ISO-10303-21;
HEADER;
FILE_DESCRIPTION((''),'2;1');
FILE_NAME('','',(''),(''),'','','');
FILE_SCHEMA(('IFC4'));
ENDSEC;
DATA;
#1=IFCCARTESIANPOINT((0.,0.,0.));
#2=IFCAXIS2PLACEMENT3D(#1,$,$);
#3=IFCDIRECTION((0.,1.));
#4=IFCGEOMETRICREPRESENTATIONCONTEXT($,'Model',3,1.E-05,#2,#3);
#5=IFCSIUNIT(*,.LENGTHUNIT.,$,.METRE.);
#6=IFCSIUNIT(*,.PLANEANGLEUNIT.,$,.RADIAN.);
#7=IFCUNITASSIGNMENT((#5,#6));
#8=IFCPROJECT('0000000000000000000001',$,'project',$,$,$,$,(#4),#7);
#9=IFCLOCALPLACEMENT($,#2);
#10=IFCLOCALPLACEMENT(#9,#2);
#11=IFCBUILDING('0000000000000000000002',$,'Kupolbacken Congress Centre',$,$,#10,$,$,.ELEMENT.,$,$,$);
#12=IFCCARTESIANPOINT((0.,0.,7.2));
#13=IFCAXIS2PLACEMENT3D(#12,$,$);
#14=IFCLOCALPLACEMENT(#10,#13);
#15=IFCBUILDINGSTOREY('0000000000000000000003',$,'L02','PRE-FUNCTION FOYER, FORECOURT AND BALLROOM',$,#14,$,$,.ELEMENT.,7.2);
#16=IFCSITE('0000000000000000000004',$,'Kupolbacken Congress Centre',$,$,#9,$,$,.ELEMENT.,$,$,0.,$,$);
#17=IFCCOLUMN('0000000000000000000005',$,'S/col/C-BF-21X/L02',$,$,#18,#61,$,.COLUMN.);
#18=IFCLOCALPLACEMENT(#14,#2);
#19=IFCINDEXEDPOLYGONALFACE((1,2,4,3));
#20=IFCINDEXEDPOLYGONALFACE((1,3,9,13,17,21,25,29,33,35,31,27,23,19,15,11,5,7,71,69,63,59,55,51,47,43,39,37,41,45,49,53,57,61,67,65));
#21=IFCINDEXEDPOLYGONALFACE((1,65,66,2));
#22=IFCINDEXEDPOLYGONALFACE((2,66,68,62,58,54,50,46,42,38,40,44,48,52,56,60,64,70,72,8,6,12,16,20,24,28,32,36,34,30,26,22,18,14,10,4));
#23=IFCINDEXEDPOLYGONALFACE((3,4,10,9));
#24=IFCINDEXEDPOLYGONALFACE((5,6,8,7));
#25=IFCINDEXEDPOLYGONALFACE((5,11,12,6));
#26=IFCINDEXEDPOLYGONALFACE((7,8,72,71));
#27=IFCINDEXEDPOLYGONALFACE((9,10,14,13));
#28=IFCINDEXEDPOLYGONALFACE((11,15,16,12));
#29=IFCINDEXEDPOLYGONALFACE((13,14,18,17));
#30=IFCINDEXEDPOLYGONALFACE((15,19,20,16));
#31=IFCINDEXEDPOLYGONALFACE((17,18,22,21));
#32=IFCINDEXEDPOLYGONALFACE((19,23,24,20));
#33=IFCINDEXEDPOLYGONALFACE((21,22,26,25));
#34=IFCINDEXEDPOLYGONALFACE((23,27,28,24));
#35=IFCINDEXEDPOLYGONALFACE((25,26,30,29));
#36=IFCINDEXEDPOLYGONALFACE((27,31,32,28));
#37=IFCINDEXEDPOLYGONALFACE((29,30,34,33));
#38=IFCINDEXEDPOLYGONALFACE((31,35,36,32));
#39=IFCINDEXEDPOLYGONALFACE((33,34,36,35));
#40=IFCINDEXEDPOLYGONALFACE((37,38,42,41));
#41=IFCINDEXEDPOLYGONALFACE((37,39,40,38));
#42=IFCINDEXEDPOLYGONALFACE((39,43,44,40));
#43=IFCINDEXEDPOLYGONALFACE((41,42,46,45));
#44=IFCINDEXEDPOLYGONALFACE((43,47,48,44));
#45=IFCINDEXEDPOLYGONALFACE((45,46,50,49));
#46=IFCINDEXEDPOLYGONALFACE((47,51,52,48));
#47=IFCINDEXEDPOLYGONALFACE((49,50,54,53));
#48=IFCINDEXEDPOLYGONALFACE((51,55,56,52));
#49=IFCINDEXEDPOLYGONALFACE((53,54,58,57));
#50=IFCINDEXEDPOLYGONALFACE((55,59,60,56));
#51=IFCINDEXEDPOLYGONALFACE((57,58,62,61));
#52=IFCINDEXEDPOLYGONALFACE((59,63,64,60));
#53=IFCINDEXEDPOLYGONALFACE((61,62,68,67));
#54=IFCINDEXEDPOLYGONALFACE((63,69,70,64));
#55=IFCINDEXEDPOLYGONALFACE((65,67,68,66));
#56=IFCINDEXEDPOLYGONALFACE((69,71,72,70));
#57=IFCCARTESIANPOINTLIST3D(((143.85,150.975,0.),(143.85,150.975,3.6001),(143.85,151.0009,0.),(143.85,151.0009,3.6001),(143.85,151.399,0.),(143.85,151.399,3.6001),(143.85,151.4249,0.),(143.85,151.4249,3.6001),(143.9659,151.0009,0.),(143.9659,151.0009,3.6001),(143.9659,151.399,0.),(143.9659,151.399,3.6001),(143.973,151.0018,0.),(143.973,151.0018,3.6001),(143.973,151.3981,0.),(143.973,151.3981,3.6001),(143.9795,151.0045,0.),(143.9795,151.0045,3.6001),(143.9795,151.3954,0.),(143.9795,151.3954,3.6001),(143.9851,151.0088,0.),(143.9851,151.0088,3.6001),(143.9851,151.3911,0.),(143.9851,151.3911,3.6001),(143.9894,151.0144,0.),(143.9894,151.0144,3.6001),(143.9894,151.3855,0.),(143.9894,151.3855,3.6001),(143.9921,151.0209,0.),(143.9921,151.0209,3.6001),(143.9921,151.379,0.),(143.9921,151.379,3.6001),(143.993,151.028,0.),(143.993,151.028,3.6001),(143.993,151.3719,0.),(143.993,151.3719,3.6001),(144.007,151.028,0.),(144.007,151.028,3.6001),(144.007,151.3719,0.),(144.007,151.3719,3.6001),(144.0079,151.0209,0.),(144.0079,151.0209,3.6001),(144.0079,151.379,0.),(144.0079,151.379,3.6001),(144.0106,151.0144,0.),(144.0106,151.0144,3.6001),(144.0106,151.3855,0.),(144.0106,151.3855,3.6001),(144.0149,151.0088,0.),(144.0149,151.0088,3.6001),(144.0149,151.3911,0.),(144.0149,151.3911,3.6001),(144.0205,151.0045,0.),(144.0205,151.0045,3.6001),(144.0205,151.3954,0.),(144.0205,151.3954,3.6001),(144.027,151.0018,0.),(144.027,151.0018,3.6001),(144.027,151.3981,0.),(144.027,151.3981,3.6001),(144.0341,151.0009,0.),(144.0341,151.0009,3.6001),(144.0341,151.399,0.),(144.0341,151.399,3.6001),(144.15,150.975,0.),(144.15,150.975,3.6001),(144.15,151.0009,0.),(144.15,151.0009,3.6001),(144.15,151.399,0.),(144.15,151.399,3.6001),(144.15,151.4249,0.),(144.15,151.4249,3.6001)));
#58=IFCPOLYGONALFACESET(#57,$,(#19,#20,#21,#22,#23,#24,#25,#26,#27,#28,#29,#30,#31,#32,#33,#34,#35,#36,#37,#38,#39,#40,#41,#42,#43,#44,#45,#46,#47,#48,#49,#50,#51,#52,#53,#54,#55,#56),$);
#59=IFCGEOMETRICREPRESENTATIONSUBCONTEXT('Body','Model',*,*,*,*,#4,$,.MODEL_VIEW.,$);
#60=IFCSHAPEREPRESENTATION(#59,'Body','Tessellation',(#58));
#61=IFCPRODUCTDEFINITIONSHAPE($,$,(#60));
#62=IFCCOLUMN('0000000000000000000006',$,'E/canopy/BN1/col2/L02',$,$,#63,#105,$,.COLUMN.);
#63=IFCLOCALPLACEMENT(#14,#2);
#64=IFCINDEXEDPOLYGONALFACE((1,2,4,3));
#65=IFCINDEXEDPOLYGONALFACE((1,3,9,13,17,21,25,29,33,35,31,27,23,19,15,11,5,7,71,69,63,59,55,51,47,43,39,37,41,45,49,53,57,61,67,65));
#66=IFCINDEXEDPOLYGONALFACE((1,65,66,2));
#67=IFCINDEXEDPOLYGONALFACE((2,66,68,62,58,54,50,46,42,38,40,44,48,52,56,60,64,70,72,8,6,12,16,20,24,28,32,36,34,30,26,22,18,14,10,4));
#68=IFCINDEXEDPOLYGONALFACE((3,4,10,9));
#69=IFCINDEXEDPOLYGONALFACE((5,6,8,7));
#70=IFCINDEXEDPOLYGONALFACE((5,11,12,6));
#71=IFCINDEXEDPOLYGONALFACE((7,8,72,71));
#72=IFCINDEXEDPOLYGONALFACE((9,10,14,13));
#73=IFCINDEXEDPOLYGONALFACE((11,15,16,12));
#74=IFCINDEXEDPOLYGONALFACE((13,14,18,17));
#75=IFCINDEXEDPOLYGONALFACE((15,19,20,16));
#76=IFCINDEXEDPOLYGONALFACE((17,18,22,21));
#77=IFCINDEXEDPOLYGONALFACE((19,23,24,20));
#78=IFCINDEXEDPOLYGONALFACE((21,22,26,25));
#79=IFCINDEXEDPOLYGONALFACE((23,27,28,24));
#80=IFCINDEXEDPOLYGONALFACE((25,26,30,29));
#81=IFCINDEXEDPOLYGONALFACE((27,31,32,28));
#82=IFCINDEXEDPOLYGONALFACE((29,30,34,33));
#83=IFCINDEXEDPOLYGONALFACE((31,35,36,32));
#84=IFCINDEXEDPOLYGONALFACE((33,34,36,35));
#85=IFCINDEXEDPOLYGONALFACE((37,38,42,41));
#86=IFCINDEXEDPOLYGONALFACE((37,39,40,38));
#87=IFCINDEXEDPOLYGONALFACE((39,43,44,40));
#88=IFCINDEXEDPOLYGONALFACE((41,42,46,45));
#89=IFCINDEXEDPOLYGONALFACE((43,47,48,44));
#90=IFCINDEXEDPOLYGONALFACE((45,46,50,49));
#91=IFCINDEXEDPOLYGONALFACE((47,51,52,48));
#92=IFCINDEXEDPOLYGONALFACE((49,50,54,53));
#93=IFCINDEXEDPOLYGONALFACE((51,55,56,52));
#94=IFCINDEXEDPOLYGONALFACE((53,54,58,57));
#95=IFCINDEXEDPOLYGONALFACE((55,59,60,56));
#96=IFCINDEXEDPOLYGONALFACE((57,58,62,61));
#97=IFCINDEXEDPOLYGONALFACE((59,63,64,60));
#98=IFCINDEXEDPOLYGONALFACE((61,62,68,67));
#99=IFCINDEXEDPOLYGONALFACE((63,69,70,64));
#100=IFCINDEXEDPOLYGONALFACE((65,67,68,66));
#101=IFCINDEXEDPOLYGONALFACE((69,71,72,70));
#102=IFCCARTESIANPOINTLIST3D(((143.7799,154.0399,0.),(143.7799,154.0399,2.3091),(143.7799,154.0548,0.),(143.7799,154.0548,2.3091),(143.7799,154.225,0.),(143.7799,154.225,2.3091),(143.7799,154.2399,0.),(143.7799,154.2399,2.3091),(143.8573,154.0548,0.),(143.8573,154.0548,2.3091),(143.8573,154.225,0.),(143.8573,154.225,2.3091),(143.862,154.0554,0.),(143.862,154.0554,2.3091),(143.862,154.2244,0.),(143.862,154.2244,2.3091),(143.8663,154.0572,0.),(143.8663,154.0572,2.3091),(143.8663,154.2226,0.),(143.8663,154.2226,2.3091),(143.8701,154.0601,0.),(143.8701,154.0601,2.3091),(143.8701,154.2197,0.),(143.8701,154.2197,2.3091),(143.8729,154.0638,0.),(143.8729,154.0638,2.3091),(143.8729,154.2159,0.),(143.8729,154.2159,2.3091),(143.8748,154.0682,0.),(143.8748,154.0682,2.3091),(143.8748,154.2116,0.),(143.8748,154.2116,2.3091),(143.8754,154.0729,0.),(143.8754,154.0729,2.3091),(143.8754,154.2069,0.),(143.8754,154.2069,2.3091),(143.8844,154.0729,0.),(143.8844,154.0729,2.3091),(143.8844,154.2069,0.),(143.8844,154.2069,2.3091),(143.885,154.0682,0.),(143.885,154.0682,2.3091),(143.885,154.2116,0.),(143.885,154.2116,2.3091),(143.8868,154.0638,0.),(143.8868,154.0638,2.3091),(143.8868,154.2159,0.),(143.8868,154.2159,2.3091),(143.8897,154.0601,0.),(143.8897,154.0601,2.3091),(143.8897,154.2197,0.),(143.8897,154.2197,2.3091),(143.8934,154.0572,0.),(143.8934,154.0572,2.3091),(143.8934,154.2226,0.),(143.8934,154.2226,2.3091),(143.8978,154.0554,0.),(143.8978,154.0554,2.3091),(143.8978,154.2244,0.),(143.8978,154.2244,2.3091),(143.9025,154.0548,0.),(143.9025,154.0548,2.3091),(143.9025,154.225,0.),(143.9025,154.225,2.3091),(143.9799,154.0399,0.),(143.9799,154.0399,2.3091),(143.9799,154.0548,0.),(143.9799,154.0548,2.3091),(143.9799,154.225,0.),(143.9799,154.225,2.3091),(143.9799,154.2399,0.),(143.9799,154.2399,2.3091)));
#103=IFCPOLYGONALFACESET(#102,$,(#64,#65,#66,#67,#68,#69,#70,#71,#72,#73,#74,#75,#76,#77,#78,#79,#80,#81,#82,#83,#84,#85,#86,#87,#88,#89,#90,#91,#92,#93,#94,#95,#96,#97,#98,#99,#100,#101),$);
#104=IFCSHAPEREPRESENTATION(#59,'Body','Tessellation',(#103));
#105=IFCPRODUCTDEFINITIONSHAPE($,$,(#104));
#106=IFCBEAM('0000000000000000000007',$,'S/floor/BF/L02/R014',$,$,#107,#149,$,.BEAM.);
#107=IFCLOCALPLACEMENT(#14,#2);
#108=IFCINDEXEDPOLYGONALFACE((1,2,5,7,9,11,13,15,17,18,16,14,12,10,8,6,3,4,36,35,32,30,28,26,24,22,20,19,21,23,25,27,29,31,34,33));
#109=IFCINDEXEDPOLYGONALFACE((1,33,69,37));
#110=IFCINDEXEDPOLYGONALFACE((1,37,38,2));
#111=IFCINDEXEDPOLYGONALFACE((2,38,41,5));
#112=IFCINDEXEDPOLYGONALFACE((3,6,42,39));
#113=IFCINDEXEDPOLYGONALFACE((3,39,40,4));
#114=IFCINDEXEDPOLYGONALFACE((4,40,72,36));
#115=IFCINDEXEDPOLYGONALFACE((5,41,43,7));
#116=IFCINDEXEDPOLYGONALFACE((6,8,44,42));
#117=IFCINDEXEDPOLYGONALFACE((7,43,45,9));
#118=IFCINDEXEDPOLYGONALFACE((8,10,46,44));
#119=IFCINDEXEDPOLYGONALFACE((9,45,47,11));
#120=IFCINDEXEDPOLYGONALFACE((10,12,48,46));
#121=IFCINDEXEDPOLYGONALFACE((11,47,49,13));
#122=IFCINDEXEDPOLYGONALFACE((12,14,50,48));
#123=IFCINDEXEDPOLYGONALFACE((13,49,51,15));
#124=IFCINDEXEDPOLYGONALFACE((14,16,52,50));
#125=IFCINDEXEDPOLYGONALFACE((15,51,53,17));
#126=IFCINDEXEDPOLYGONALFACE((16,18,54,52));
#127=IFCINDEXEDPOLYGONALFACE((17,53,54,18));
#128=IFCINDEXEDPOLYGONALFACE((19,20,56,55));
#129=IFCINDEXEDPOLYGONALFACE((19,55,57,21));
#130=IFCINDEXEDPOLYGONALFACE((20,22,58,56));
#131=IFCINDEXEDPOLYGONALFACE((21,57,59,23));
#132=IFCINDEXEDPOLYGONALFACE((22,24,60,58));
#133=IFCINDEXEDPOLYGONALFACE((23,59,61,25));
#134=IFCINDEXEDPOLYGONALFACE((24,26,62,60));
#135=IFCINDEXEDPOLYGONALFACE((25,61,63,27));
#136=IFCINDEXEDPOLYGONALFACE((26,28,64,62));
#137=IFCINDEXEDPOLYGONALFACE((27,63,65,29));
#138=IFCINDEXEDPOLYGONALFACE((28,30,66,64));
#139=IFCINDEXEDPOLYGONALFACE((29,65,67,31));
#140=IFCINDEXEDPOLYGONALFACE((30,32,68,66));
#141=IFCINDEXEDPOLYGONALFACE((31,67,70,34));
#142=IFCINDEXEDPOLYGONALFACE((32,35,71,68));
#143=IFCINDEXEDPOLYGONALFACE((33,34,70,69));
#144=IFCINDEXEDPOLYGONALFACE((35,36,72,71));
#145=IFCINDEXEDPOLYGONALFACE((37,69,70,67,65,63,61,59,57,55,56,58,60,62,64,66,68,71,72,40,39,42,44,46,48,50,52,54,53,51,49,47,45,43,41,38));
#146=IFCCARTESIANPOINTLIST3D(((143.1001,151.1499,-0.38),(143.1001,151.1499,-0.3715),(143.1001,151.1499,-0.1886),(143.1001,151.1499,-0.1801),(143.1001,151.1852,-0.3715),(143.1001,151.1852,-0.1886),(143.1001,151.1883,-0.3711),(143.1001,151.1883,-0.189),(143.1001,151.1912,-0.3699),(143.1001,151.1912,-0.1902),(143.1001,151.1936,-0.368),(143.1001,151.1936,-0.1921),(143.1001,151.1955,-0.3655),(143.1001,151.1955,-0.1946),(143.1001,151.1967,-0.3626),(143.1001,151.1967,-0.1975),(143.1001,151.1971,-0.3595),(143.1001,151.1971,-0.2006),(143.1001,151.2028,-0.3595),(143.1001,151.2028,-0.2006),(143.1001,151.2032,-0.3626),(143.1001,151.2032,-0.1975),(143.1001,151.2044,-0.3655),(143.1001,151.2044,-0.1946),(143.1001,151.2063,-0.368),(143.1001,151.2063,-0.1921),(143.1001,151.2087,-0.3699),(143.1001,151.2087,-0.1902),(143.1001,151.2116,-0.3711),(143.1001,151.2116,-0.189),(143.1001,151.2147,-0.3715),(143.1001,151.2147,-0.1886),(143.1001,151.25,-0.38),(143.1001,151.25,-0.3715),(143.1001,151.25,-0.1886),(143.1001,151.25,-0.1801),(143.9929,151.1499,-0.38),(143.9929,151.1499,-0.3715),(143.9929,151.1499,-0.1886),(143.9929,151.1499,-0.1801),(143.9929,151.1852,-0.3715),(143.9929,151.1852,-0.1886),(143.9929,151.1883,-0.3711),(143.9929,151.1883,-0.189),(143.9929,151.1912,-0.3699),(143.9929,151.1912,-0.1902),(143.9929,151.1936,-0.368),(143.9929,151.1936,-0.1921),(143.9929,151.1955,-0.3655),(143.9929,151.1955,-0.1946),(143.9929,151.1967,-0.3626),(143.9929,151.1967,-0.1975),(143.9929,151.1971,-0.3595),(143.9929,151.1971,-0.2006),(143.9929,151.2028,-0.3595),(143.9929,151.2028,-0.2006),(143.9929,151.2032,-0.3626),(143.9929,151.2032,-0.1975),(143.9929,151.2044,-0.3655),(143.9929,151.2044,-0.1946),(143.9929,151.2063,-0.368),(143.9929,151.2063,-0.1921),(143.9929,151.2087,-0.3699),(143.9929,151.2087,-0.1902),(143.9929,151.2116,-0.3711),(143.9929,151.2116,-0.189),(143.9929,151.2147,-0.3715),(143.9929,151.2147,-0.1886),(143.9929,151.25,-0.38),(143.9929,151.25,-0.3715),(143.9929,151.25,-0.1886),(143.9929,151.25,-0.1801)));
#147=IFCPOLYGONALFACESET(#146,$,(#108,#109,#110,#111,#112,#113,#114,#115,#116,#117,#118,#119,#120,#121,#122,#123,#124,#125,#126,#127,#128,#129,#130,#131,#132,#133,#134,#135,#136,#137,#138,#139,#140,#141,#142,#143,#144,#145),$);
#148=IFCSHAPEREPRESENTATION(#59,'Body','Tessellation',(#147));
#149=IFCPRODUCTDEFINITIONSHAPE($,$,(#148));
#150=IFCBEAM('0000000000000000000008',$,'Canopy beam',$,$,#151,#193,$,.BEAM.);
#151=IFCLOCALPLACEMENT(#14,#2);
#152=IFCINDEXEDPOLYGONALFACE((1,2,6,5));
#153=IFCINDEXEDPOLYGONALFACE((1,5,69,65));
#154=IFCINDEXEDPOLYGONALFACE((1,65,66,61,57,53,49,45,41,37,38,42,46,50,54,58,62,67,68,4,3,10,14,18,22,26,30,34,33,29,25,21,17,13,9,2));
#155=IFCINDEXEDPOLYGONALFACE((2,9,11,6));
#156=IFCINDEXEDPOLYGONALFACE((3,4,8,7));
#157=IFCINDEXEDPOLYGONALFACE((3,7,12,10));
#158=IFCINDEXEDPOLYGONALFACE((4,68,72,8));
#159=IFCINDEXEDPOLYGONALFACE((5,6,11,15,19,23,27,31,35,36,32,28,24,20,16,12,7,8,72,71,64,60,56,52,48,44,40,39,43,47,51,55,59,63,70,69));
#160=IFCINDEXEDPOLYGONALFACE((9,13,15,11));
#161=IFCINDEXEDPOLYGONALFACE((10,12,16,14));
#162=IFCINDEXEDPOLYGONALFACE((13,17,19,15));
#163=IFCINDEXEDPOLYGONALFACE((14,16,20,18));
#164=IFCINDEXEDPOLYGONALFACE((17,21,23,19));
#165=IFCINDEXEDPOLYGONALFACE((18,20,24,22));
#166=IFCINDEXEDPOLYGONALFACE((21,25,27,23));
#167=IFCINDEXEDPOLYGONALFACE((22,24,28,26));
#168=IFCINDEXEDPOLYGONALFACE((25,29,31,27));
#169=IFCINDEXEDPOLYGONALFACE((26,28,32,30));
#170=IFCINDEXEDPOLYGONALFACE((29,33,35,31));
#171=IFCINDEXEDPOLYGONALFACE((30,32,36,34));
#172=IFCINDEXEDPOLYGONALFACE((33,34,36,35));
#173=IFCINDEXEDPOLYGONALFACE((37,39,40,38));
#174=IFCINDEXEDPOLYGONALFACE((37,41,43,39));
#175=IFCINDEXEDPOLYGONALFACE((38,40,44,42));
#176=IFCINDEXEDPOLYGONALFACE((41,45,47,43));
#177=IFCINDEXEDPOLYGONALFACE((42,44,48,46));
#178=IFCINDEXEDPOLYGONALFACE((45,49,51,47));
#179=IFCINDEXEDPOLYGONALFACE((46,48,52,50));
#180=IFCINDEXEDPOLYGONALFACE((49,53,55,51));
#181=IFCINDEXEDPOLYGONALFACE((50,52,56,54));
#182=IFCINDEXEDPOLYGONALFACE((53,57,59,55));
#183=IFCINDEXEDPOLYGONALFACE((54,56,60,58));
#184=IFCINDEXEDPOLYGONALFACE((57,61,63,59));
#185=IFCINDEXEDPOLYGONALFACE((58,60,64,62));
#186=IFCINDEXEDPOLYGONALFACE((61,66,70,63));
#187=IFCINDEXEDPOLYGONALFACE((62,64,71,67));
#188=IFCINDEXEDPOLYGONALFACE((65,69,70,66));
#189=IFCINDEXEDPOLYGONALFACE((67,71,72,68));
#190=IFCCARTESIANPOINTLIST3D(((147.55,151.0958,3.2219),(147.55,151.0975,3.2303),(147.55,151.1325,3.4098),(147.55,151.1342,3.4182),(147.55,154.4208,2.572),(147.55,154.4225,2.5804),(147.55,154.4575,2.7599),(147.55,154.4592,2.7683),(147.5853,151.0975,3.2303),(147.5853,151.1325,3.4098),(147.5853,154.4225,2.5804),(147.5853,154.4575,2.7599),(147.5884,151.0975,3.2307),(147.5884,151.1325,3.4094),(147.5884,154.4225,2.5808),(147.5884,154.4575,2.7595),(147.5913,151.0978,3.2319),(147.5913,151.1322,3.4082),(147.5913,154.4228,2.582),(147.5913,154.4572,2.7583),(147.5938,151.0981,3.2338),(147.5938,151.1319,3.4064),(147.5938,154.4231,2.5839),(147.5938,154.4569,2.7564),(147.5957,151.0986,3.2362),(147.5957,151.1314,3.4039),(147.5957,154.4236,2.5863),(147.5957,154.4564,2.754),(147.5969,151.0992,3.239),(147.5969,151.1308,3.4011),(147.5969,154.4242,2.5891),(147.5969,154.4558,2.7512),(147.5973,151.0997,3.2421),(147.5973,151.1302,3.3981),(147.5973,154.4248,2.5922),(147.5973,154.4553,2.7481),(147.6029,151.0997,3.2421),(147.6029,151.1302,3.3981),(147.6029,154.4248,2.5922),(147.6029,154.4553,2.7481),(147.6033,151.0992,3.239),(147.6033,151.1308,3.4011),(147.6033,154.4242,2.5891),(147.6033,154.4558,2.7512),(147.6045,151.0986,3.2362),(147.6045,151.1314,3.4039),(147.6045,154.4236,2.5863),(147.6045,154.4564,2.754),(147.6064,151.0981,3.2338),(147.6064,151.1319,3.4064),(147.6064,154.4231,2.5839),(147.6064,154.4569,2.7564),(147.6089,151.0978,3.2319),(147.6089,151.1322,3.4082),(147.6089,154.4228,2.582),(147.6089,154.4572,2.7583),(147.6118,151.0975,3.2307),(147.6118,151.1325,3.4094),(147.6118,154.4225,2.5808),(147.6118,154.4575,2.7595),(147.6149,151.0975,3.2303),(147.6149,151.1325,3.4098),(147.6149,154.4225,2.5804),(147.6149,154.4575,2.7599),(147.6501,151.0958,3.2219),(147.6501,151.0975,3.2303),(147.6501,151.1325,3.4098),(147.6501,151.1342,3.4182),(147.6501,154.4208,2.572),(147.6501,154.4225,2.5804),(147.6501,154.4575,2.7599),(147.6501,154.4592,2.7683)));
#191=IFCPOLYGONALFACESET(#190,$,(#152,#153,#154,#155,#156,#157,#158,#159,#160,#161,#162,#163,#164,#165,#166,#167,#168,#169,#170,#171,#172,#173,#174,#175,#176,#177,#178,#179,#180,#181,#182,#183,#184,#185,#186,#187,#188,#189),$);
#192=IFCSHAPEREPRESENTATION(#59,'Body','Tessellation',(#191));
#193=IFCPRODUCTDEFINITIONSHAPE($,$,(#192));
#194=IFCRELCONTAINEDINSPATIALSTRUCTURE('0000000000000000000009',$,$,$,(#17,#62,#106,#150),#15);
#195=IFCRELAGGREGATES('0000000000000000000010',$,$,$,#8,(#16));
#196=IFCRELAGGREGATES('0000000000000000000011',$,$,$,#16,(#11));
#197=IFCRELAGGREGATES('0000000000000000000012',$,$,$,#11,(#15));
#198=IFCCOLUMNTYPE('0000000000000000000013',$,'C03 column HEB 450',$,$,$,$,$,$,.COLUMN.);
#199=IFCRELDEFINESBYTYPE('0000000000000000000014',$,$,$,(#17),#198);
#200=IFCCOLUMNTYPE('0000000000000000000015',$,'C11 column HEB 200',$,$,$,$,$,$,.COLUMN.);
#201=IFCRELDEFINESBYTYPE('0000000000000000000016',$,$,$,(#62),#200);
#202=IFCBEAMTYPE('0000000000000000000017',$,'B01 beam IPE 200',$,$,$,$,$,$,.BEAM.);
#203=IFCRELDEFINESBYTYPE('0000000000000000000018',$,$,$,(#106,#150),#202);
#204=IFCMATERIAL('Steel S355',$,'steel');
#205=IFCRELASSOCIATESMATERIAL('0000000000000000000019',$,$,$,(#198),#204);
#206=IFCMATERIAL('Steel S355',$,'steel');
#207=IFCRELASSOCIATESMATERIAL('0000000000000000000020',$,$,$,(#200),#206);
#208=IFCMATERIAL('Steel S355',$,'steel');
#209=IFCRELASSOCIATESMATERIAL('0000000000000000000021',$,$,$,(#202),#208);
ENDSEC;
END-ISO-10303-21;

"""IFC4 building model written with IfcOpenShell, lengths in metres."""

from ifc_helpers import new_model, si_unit, direction, frame, origin, origin_2d, place, context, subcontext, project, spatial, i_section, extrude, material, material_profile, profile_set, type_object, element, save


model = new_model("IFC4")

# Units and contexts
model_context = context("Model", 3, precision=1e-05, world=origin(), true_north=direction((0.0, 1.0)))
body_context = subcontext(model_context, "Body", "Model", "MODEL_VIEW")
ifc_project = project(units=[si_unit("LENGTHUNIT", "METRE"), si_unit("PLANEANGLEUNIT", "RADIAN")], contexts=[model_context])

# Site, building, storey
site_placement = place(None, origin())
site = spatial("IfcSite", under=ifc_project, at=site_placement, Name="Kupolbacken Congress Centre", CompositionType="ELEMENT", RefElevation=0.0)
building_placement = place(site_placement, origin())
building = spatial("IfcBuilding", under=site, at=building_placement, Name="Kupolbacken Congress Centre", CompositionType="ELEMENT")
storey_placement = place(building_placement, frame((0.0, 0.0, 7.2)))
storey = spatial("IfcBuildingStorey", under=building, at=storey_placement, Name="L02", Description="PRE-FUNCTION FOYER, FORECOURT AND BALLROOM", CompositionType="ELEMENT", Elevation=7.2)

# Columns
ifc_material_1 = material(Name="Steel S355", Category="steel")
ifc_material_profile_1 = material_profile(ifc_material_1, i_section(OverallWidth=0.3, OverallDepth=0.45, WebThickness=0.0139, FlangeThickness=0.0259, FilletRadius=0.0271, at=origin_2d()), Name="HEB 450")
ifc_profile_set_1 = profile_set([ifc_material_profile_1], Name="Steel S355")
column_type_1 = type_object("IfcColumnType", Name="C03 column HEB 450", PredefinedType="COLUMN", material=ifc_profile_set_1)
column_1_placement = place(storey_placement, frame((144.0, 151.2, 0.0), z_axis=(0.0, 0.0, 1.0), x_axis=(1.0, 0.0, 0.0)))
element("IfcColumn", 1, at=column_1_placement, inside=storey, type_object=column_type_1, Name="S/col/C-BF-21X/L02", PredefinedType="COLUMN", context=body_context, shape_type="SweptSolid", body=[
    extrude(i_section(OverallWidth=0.3, OverallDepth=0.45, WebThickness=0.0139, FlangeThickness=0.0259, FilletRadius=0.0271, at=origin_2d()), origin(), (0.0, 0.0, 1.0), 3.6001),
])
ifc_material_2 = material(Name="Steel S355", Category="steel")
ifc_material_profile_2 = material_profile(ifc_material_2, i_section(OverallWidth=0.2, OverallDepth=0.2, WebThickness=0.009, FlangeThickness=0.0149, FilletRadius=0.0181, at=origin_2d()), Name="HEB 200")
ifc_profile_set_2 = profile_set([ifc_material_profile_2], Name="Steel S355")
column_type_2 = type_object("IfcColumnType", Name="C11 column HEB 200", PredefinedType="COLUMN", material=ifc_profile_set_2)
column_2_placement = place(storey_placement, frame((143.8799, 154.1399, 0.0), z_axis=(0.0, 0.0, 1.0), x_axis=(1.0, 0.0, 0.0)))
element("IfcColumn", 2, at=column_2_placement, inside=storey, type_object=column_type_2, Name="E/canopy/BN1/col2/L02", PredefinedType="COLUMN", context=body_context, shape_type="SweptSolid", body=[
    extrude(i_section(OverallWidth=0.2, OverallDepth=0.2, WebThickness=0.009, FlangeThickness=0.0149, FilletRadius=0.0181, at=origin_2d()), origin(), (0.0, 0.0, 1.0), 2.3091),
])

# Beams
ifc_material_3 = material(Name="Steel S355", Category="steel")
ifc_material_profile_3 = material_profile(ifc_material_3, i_section(OverallWidth=0.1001, OverallDepth=0.2, WebThickness=0.0056, FlangeThickness=0.0085, FilletRadius=0.012, at=origin_2d()), Name="IPE 200")
ifc_profile_set_3 = profile_set([ifc_material_profile_3], Name="Steel S355")
beam_type_1 = type_object("IfcBeamType", Name="B01 beam IPE 200", PredefinedType="BEAM", material=ifc_profile_set_3)
beam_1_placement = place(storey_placement, frame((143.1001, 151.2, -0.28), z_axis=(1.0, 0.0, 0.0), x_axis=(0.0, 1.0, 0.0)))
element("IfcBeam", 3, at=beam_1_placement, inside=storey, type_object=beam_type_1, Name="S/floor/BF/L02/R014", PredefinedType="BEAM", context=body_context, shape_type="SweptSolid", body=[
    extrude(i_section(OverallWidth=0.1001, OverallDepth=0.2, WebThickness=0.0056, FlangeThickness=0.0085, FilletRadius=0.012, at=origin_2d()), origin(), (0.0, 0.0, 1.0), 0.8928),
])
beam_2_placement = place(storey_placement, frame((147.6001, 151.115, 3.3201), z_axis=(0.0, 0.981428, -0.191832), x_axis=(-1.0, 0.0, 0.0)))
element("IfcBeam", 4, at=beam_2_placement, inside=storey, type_object=beam_type_1, Name="Canopy beam", PredefinedType="BEAM", context=body_context, shape_type="SweptSolid", body=[
    extrude(i_section(OverallWidth=0.1001, OverallDepth=0.2, WebThickness=0.0056, FlangeThickness=0.0085, FilletRadius=0.012, at=origin_2d()), origin(), (0.0, 0.0, 1.0), 3.3879),
])

save(model, "model.ifc")
